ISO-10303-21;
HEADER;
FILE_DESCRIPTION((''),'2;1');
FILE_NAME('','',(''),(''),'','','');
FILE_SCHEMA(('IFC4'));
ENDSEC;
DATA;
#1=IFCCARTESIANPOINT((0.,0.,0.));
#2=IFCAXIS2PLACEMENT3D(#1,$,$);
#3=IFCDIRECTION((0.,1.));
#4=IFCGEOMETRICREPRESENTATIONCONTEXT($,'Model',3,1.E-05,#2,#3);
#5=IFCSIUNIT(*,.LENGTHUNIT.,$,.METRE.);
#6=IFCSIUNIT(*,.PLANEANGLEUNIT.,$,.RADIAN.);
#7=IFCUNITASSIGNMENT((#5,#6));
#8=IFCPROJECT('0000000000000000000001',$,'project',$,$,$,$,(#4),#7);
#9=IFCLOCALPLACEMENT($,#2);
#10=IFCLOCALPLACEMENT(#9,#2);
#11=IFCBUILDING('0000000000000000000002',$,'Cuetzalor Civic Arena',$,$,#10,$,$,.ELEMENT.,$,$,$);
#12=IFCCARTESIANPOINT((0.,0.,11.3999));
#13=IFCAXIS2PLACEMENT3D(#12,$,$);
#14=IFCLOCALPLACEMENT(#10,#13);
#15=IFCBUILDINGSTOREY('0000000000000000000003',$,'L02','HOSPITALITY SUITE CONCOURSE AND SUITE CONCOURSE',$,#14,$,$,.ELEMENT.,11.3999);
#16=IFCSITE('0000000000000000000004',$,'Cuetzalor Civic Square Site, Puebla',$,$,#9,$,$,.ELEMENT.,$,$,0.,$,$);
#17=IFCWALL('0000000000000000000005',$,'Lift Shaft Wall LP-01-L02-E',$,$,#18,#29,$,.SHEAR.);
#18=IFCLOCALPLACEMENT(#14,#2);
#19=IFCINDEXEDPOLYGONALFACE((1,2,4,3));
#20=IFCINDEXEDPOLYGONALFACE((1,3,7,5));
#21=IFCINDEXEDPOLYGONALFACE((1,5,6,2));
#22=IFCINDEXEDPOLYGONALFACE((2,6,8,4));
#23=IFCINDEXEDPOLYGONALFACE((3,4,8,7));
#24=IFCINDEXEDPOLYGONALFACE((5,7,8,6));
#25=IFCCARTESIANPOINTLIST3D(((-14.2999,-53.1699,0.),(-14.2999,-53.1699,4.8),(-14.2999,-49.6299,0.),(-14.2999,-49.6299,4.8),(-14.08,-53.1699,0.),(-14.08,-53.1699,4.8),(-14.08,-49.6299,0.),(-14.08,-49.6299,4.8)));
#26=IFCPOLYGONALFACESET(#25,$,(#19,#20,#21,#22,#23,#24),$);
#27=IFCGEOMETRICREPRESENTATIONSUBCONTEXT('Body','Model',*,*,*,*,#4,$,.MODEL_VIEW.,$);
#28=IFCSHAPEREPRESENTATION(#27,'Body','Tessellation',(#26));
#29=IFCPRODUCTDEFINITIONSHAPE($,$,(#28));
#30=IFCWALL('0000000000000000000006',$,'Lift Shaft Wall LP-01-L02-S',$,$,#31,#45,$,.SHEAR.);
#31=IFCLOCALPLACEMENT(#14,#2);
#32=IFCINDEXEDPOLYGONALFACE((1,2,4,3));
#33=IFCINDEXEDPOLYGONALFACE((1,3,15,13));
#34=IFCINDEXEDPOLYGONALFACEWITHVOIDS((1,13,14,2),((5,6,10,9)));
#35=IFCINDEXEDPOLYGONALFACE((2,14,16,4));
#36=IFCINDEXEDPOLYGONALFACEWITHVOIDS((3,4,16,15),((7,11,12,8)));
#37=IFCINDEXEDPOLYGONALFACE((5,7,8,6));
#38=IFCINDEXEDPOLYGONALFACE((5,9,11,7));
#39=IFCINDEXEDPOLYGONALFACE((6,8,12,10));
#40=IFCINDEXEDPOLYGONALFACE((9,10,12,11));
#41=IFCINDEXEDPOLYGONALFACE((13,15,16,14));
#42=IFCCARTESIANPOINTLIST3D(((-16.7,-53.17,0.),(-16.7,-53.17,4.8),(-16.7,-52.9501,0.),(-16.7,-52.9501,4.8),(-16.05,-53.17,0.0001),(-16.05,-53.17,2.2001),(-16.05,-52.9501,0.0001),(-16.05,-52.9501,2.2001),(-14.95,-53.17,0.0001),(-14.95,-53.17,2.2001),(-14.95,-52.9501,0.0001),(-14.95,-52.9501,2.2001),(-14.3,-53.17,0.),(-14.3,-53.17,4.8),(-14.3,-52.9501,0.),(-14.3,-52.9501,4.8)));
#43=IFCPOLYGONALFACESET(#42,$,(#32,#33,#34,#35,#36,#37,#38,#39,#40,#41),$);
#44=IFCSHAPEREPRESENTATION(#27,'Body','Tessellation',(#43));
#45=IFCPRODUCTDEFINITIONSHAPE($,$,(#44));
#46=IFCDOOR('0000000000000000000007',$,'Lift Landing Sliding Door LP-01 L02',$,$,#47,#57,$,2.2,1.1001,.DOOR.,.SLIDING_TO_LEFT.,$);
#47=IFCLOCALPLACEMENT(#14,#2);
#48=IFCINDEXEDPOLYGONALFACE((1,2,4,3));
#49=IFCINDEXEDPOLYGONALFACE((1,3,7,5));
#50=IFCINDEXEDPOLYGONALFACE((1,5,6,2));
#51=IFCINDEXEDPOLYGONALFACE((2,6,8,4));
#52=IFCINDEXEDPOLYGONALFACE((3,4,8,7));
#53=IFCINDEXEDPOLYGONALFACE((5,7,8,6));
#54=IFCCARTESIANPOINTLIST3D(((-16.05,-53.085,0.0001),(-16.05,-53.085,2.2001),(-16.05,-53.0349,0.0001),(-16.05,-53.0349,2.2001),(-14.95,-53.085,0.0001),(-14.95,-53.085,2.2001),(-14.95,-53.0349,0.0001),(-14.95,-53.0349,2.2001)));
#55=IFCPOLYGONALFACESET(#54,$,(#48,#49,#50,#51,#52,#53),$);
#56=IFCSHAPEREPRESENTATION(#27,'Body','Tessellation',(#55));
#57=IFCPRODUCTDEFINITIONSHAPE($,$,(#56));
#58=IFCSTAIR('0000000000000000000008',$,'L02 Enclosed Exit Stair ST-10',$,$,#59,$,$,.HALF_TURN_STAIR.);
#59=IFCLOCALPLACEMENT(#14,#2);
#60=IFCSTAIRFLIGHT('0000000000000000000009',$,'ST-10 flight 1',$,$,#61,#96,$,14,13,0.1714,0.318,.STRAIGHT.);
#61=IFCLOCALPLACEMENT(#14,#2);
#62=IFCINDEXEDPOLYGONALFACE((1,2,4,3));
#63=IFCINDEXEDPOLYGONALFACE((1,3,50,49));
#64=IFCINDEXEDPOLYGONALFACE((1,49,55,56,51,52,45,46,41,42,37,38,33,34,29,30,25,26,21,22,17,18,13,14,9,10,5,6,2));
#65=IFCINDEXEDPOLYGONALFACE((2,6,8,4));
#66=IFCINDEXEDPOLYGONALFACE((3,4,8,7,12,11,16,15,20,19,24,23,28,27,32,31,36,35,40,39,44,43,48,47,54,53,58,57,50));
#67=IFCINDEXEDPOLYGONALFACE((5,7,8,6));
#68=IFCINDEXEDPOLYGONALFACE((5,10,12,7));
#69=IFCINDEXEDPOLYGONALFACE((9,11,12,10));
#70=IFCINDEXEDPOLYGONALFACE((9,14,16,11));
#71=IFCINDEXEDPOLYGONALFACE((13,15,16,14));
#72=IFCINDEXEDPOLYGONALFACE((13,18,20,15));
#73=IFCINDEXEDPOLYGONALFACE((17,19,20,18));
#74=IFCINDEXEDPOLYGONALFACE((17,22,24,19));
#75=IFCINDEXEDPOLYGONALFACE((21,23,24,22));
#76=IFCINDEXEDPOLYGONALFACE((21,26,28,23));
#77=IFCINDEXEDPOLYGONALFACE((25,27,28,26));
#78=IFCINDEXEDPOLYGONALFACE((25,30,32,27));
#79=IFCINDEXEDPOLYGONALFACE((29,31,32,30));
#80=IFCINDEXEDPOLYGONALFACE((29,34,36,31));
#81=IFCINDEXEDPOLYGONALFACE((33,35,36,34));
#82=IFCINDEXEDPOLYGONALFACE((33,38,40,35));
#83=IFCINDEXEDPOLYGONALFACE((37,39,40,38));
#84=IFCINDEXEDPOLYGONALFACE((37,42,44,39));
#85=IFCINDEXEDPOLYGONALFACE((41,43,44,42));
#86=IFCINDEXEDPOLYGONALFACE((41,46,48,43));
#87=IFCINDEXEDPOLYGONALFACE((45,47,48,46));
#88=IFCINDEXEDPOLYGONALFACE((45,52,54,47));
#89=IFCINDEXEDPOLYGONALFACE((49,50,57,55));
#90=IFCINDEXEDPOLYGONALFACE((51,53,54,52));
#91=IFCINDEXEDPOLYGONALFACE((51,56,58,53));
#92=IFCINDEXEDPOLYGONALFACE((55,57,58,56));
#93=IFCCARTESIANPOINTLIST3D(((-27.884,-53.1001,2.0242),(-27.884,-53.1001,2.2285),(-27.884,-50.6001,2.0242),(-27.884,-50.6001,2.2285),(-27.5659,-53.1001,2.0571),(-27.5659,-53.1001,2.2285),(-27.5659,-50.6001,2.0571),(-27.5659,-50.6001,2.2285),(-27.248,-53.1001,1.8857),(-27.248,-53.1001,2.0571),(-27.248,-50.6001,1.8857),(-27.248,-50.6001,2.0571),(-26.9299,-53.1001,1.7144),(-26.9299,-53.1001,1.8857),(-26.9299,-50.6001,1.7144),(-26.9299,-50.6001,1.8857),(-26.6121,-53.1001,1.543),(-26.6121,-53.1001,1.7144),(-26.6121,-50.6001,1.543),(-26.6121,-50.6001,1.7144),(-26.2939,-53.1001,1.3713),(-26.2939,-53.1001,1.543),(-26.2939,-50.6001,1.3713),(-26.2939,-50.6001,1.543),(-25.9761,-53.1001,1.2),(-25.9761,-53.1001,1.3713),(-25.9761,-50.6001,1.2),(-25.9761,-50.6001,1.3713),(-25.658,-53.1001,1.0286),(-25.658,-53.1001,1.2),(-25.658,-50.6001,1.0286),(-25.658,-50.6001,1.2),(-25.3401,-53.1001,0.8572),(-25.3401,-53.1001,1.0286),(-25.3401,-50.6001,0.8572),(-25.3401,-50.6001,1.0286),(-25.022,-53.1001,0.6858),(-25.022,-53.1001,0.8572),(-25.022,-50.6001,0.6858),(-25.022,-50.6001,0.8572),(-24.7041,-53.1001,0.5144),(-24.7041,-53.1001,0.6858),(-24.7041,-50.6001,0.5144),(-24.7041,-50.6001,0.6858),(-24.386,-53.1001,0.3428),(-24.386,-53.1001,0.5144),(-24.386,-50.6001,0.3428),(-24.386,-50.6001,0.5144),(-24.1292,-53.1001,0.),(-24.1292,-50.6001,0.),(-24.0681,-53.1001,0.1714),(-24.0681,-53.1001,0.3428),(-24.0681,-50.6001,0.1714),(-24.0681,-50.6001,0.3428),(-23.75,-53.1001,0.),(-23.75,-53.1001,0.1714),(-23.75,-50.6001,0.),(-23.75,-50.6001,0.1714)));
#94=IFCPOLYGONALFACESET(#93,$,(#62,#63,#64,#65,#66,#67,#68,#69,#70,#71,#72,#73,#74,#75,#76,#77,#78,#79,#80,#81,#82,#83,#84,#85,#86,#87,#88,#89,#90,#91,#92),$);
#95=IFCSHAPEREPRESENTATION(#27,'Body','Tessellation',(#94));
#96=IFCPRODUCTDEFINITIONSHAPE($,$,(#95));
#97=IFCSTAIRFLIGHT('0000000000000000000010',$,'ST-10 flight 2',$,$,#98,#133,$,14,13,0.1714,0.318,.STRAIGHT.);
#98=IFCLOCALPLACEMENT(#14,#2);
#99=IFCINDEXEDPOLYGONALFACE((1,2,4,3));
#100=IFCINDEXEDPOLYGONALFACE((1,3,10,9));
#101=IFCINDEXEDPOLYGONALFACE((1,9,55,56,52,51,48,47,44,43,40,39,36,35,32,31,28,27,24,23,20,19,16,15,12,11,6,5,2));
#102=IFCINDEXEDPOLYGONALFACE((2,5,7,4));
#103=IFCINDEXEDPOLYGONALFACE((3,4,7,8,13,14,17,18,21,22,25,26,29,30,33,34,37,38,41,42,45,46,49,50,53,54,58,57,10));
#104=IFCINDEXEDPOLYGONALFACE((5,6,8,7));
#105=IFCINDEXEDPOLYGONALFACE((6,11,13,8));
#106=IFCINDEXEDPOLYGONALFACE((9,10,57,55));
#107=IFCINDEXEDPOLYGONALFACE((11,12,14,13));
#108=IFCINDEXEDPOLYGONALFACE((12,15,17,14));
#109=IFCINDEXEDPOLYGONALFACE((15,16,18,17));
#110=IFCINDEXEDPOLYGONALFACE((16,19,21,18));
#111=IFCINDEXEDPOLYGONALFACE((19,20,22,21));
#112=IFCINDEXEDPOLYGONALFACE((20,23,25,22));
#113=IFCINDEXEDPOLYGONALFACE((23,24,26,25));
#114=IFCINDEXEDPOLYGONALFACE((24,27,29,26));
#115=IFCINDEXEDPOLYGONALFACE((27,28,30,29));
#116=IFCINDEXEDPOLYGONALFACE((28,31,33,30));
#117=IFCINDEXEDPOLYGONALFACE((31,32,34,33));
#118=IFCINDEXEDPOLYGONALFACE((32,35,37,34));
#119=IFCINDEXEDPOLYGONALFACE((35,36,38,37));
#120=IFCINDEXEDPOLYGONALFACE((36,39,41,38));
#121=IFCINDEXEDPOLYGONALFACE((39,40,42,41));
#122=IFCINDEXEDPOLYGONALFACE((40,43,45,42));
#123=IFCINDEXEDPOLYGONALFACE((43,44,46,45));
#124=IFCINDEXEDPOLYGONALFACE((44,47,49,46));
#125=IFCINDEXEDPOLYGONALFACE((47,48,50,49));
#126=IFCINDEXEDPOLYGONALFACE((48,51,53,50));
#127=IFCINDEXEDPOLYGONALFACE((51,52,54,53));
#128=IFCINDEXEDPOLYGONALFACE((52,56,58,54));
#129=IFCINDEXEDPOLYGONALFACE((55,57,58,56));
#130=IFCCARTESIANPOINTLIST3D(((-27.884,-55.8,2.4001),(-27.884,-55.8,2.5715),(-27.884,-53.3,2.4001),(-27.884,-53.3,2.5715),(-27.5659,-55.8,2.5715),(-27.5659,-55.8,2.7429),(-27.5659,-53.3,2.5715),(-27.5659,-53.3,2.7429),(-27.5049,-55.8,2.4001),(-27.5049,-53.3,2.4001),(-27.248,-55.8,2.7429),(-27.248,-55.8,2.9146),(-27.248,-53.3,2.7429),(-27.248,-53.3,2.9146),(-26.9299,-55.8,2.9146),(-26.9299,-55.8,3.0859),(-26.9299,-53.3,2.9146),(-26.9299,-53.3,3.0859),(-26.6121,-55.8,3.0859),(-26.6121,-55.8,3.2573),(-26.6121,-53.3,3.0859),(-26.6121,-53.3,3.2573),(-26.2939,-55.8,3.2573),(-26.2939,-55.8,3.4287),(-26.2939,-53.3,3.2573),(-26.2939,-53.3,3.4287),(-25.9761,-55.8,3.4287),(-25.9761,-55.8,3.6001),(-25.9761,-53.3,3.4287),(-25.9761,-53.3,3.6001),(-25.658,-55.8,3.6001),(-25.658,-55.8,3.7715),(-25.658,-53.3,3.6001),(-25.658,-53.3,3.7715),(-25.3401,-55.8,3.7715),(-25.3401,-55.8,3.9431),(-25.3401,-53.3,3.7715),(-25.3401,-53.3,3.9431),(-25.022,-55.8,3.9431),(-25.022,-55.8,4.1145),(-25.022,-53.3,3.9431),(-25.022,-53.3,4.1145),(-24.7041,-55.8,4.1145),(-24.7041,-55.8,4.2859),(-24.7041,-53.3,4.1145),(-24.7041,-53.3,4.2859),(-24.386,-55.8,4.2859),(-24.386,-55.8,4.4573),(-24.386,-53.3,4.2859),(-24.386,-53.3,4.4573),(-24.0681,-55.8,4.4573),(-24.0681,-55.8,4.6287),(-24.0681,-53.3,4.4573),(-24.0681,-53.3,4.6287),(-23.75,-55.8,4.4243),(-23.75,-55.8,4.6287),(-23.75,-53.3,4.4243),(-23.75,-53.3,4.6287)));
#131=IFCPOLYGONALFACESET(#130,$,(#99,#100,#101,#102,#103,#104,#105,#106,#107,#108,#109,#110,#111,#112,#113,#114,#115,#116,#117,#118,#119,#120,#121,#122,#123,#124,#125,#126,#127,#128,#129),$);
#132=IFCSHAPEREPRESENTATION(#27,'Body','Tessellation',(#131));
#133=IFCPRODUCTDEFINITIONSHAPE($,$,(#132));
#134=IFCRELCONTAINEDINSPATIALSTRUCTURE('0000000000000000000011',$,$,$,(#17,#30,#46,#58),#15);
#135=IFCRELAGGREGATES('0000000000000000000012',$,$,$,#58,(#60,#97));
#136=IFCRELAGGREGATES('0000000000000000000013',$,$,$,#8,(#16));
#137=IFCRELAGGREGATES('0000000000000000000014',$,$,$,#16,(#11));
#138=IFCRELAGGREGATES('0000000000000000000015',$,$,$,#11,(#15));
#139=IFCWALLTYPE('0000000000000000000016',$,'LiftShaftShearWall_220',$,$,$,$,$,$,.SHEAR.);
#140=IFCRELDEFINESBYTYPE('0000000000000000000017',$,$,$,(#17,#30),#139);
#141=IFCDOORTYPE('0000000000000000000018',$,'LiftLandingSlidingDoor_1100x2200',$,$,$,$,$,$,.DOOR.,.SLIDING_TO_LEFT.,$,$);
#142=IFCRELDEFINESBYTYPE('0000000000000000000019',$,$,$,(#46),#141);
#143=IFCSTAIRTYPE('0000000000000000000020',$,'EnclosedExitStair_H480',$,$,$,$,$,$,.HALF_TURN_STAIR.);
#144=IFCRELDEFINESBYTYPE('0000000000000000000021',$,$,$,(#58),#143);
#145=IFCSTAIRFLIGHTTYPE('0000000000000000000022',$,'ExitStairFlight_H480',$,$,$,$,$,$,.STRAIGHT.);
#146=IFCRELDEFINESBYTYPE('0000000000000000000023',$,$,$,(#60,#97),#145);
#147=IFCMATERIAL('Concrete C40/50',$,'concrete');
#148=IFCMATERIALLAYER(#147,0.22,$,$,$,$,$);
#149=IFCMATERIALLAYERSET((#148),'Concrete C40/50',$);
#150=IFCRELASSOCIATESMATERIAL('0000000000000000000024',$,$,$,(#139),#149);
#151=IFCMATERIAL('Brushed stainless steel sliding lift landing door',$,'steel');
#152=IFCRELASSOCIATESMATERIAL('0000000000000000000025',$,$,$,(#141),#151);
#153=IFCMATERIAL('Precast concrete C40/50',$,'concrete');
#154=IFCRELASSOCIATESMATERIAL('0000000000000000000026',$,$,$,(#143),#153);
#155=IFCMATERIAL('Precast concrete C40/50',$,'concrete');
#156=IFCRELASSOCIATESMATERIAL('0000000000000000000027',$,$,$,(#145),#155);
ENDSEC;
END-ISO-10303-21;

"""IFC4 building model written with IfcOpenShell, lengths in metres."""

from ifc_helpers import new_model, si_unit, direction, frame, frame_2d, origin, place, context, subcontext, project, spatial, polyline, rectangle, outline, extrude, material, layer, layer_set, type_object, element, fill, aggregate, save


model = new_model("IFC4")

# Units and contexts
model_context = context("Model", 3, precision=1e-05, world=origin(), true_north=direction((0.0, 1.0)))
body_context = subcontext(model_context, "Body", "Model", "MODEL_VIEW")
ifc_project = project(units=[si_unit("LENGTHUNIT", "METRE"), si_unit("PLANEANGLEUNIT", "RADIAN")], contexts=[model_context])

# Site, building, storey
site_placement = place(None, origin())
site = spatial("IfcSite", under=ifc_project, at=site_placement, Name="Cuetzalor Civic Square Site, Puebla", CompositionType="ELEMENT", RefElevation=0.0)
building_placement = place(site_placement, origin())
building = spatial("IfcBuilding", under=site, at=building_placement, Name="Cuetzalor Civic Arena", CompositionType="ELEMENT")
storey_placement = place(building_placement, frame((0.0, 0.0, 11.3999)))
storey = spatial("IfcBuildingStorey", under=building, at=storey_placement, Name="L02", Description="HOSPITALITY SUITE CONCOURSE AND SUITE CONCOURSE", CompositionType="ELEMENT", Elevation=11.3999)

# Wall
ifc_material_1 = material(Name="Concrete C40/50", Category="concrete")
ifc_layer_1 = layer(ifc_material_1, 0.22)
ifc_layer_set_1 = layer_set([ifc_layer_1], Name="Concrete C40/50")
wall_type_1 = type_object("IfcWallType", Name="LiftShaftShearWall_220", PredefinedType="SHEAR", material=ifc_layer_set_1)
wall_1_placement = place(storey_placement, frame((-14.1899, -49.6299, 0.0), z_axis=(0.0, 0.0, 1.0), x_axis=(0.0, -1.0, 0.0)))
element("IfcWall", 1, at=wall_1_placement, inside=storey, type_object=wall_type_1, Name="Lift Shaft Wall LP-01-L02-E", PredefinedType="SHEAR", context=body_context, shape_type="SweptSolid", body=[
    extrude(rectangle(XDim=3.54, YDim=0.22, at=frame_2d((1.77, 0.0))), origin(), (0.0, 0.0, 1.0), 4.8),
])

# Wall, opening, door
wall_2_placement = place(storey_placement, frame((-14.3, -53.0601, 0.0), z_axis=(0.0, 0.0, 1.0), x_axis=(-1.0, 0.0, 0.0)))
wall_2 = element("IfcWall", 2, at=wall_2_placement, inside=storey, type_object=wall_type_1, Name="Lift Shaft Wall LP-01-L02-S", PredefinedType="SHEAR", context=body_context, shape_type="SweptSolid", body=[
    extrude(rectangle(XDim=2.3999, YDim=0.22, at=frame_2d((1.2, 0.0))), origin(), (0.0, 0.0, 1.0), 4.8),
])
opening_1_placement = place(wall_2_placement, frame((0.6499, 0.0, 0.0)))
opening_1 = element("IfcOpeningElement", 3, at=opening_1_placement, cuts=wall_2, PredefinedType="OPENING", context=body_context, shape_type="SweptSolid", body=[
    extrude(rectangle(XDim=1.1001, YDim=2.2, at=frame_2d((0.55, 1.1001))), frame((0.0, 0.1201, 0.0), z_axis=(0.0, -1.0, 0.0), x_axis=(1.0, 0.0, 0.0)), (0.0, 0.0, 1.0), 0.24),
])
ifc_material_2 = material(Name="Brushed stainless steel sliding lift landing door", Category="steel")
door_type_1 = type_object("IfcDoorType", Name="LiftLandingSlidingDoor_1100x2200", OperationType="SLIDING_TO_LEFT", PredefinedType="DOOR", material=ifc_material_2)
door_1_placement = place(opening_1_placement, origin())
door_1 = element("IfcDoor", 4, at=door_1_placement, inside=storey, type_object=door_type_1, Name="Lift Landing Sliding Door LP-01 L02", OperationType="SLIDING_TO_LEFT", OverallHeight=2.2, OverallWidth=1.1001, PredefinedType="DOOR", context=body_context, shape_type="SweptSolid", body=[
    extrude(rectangle(XDim=1.1001, YDim=2.2, at=frame_2d((0.55, 1.1001))), frame((0.0, 0.0249, 0.0), z_axis=(0.0, -1.0, 0.0), x_axis=(1.0, 0.0, 0.0)), (0.0, 0.0, 1.0), 0.05),
])
fill(opening_1, door_1)

# Stair, stair flights
ifc_material_3 = material(Name="Precast concrete C40/50", Category="concrete")
stair_type = type_object("IfcStairType", Name="EnclosedExitStair_H480", PredefinedType="HALF_TURN_STAIR", material=ifc_material_3)
stair_placement = place(storey_placement, origin())
stair = element("IfcStair", 5, at=stair_placement, inside=storey, type_object=stair_type, Name="L02 Enclosed Exit Stair ST-10", PredefinedType="HALF_TURN_STAIR")
ifc_material_4 = material(Name="Precast concrete C40/50", Category="concrete")
stair_flight_type = type_object("IfcStairFlightType", Name="ExitStairFlight_H480", PredefinedType="STRAIGHT", material=ifc_material_4)
stair_flight_1_placement = place(storey_placement, frame((-23.75, -51.8501, 0.0), z_axis=(0.0, 0.0, 1.0), x_axis=(-1.0, 0.0, 0.0)))
stair_flight_1 = element("IfcStairFlight", 6, at=stair_flight_1_placement, type_object=stair_flight_type, Name="ST-10 flight 1", NumberOfRisers=14, NumberOfTreads=13, PredefinedType="STRAIGHT", RiserHeight=0.1714, TreadLength=0.318, context=body_context, shape_type="SweptSolid", body=[
    extrude(outline(polyline([(0.0, 0.0), (0.0, 0.1714), (0.3181, 0.1714), (0.3181, 0.3428), (0.636, 0.3428), (0.636, 0.5144), (0.9541, 0.5144), (0.9541, 0.6858), (1.272, 0.6858), (1.272, 0.8572), (1.5901, 0.8572), (1.5901, 1.0286), (1.908, 1.0286), (1.908, 1.2), (2.2261, 1.2), (2.2261, 1.3713), (2.5439, 1.3713), (2.5439, 1.543), (2.8621, 1.543), (2.8621, 1.7144), (3.1799, 1.7144), (3.1799, 1.8857), (3.498, 1.8857), (3.498, 2.0571), (3.8159, 2.0571), (3.8159, 2.2285), (4.134, 2.2285), (4.134, 2.3999), (4.134, 2.0242), (0.3792, 0.0), (0.0, 0.0)])), frame((0.0, 1.25, 0.0), z_axis=(0.0, -1.0, 0.0), x_axis=(1.0, 0.0, 0.0)), (0.0, 0.0, 1.0), 2.5),
])
stair_flight_2_placement = place(storey_placement, frame((-27.884, -54.55, 2.4001), z_axis=(0.0, 0.0, 1.0), x_axis=(1.0, 0.0, 0.0)))
stair_flight_2 = element("IfcStairFlight", 7, at=stair_flight_2_placement, type_object=stair_flight_type, Name="ST-10 flight 2", NumberOfRisers=14, NumberOfTreads=13, PredefinedType="STRAIGHT", RiserHeight=0.1714, TreadLength=0.318, context=body_context, shape_type="SweptSolid", body=[
    extrude(outline(polyline([(0.0, 0.0), (0.0, 0.1714), (0.3181, 0.1714), (0.3181, 0.3428), (0.636, 0.3428), (0.636, 0.5144), (0.9541, 0.5144), (0.9541, 0.6858), (1.272, 0.6858), (1.272, 0.8572), (1.5901, 0.8572), (1.5901, 1.0286), (1.908, 1.0286), (1.908, 1.2), (2.2261, 1.2), (2.2261, 1.3713), (2.5439, 1.3713), (2.5439, 1.543), (2.8621, 1.543), (2.8621, 1.7144), (3.1799, 1.7144), (3.1799, 1.8857), (3.498, 1.8857), (3.498, 2.0571), (3.8159, 2.0571), (3.8159, 2.2285), (4.134, 2.2285), (4.134, 2.3999), (4.134, 2.0242), (0.3792, 0.0), (0.0, 0.0)])), frame((0.0, 1.25, 0.0), z_axis=(0.0, -1.0, 0.0), x_axis=(1.0, 0.0, 0.0)), (0.0, 0.0, 1.0), 2.5),
])
aggregate(stair, [stair_flight_1, stair_flight_2])

save(model, "model.ifc")
